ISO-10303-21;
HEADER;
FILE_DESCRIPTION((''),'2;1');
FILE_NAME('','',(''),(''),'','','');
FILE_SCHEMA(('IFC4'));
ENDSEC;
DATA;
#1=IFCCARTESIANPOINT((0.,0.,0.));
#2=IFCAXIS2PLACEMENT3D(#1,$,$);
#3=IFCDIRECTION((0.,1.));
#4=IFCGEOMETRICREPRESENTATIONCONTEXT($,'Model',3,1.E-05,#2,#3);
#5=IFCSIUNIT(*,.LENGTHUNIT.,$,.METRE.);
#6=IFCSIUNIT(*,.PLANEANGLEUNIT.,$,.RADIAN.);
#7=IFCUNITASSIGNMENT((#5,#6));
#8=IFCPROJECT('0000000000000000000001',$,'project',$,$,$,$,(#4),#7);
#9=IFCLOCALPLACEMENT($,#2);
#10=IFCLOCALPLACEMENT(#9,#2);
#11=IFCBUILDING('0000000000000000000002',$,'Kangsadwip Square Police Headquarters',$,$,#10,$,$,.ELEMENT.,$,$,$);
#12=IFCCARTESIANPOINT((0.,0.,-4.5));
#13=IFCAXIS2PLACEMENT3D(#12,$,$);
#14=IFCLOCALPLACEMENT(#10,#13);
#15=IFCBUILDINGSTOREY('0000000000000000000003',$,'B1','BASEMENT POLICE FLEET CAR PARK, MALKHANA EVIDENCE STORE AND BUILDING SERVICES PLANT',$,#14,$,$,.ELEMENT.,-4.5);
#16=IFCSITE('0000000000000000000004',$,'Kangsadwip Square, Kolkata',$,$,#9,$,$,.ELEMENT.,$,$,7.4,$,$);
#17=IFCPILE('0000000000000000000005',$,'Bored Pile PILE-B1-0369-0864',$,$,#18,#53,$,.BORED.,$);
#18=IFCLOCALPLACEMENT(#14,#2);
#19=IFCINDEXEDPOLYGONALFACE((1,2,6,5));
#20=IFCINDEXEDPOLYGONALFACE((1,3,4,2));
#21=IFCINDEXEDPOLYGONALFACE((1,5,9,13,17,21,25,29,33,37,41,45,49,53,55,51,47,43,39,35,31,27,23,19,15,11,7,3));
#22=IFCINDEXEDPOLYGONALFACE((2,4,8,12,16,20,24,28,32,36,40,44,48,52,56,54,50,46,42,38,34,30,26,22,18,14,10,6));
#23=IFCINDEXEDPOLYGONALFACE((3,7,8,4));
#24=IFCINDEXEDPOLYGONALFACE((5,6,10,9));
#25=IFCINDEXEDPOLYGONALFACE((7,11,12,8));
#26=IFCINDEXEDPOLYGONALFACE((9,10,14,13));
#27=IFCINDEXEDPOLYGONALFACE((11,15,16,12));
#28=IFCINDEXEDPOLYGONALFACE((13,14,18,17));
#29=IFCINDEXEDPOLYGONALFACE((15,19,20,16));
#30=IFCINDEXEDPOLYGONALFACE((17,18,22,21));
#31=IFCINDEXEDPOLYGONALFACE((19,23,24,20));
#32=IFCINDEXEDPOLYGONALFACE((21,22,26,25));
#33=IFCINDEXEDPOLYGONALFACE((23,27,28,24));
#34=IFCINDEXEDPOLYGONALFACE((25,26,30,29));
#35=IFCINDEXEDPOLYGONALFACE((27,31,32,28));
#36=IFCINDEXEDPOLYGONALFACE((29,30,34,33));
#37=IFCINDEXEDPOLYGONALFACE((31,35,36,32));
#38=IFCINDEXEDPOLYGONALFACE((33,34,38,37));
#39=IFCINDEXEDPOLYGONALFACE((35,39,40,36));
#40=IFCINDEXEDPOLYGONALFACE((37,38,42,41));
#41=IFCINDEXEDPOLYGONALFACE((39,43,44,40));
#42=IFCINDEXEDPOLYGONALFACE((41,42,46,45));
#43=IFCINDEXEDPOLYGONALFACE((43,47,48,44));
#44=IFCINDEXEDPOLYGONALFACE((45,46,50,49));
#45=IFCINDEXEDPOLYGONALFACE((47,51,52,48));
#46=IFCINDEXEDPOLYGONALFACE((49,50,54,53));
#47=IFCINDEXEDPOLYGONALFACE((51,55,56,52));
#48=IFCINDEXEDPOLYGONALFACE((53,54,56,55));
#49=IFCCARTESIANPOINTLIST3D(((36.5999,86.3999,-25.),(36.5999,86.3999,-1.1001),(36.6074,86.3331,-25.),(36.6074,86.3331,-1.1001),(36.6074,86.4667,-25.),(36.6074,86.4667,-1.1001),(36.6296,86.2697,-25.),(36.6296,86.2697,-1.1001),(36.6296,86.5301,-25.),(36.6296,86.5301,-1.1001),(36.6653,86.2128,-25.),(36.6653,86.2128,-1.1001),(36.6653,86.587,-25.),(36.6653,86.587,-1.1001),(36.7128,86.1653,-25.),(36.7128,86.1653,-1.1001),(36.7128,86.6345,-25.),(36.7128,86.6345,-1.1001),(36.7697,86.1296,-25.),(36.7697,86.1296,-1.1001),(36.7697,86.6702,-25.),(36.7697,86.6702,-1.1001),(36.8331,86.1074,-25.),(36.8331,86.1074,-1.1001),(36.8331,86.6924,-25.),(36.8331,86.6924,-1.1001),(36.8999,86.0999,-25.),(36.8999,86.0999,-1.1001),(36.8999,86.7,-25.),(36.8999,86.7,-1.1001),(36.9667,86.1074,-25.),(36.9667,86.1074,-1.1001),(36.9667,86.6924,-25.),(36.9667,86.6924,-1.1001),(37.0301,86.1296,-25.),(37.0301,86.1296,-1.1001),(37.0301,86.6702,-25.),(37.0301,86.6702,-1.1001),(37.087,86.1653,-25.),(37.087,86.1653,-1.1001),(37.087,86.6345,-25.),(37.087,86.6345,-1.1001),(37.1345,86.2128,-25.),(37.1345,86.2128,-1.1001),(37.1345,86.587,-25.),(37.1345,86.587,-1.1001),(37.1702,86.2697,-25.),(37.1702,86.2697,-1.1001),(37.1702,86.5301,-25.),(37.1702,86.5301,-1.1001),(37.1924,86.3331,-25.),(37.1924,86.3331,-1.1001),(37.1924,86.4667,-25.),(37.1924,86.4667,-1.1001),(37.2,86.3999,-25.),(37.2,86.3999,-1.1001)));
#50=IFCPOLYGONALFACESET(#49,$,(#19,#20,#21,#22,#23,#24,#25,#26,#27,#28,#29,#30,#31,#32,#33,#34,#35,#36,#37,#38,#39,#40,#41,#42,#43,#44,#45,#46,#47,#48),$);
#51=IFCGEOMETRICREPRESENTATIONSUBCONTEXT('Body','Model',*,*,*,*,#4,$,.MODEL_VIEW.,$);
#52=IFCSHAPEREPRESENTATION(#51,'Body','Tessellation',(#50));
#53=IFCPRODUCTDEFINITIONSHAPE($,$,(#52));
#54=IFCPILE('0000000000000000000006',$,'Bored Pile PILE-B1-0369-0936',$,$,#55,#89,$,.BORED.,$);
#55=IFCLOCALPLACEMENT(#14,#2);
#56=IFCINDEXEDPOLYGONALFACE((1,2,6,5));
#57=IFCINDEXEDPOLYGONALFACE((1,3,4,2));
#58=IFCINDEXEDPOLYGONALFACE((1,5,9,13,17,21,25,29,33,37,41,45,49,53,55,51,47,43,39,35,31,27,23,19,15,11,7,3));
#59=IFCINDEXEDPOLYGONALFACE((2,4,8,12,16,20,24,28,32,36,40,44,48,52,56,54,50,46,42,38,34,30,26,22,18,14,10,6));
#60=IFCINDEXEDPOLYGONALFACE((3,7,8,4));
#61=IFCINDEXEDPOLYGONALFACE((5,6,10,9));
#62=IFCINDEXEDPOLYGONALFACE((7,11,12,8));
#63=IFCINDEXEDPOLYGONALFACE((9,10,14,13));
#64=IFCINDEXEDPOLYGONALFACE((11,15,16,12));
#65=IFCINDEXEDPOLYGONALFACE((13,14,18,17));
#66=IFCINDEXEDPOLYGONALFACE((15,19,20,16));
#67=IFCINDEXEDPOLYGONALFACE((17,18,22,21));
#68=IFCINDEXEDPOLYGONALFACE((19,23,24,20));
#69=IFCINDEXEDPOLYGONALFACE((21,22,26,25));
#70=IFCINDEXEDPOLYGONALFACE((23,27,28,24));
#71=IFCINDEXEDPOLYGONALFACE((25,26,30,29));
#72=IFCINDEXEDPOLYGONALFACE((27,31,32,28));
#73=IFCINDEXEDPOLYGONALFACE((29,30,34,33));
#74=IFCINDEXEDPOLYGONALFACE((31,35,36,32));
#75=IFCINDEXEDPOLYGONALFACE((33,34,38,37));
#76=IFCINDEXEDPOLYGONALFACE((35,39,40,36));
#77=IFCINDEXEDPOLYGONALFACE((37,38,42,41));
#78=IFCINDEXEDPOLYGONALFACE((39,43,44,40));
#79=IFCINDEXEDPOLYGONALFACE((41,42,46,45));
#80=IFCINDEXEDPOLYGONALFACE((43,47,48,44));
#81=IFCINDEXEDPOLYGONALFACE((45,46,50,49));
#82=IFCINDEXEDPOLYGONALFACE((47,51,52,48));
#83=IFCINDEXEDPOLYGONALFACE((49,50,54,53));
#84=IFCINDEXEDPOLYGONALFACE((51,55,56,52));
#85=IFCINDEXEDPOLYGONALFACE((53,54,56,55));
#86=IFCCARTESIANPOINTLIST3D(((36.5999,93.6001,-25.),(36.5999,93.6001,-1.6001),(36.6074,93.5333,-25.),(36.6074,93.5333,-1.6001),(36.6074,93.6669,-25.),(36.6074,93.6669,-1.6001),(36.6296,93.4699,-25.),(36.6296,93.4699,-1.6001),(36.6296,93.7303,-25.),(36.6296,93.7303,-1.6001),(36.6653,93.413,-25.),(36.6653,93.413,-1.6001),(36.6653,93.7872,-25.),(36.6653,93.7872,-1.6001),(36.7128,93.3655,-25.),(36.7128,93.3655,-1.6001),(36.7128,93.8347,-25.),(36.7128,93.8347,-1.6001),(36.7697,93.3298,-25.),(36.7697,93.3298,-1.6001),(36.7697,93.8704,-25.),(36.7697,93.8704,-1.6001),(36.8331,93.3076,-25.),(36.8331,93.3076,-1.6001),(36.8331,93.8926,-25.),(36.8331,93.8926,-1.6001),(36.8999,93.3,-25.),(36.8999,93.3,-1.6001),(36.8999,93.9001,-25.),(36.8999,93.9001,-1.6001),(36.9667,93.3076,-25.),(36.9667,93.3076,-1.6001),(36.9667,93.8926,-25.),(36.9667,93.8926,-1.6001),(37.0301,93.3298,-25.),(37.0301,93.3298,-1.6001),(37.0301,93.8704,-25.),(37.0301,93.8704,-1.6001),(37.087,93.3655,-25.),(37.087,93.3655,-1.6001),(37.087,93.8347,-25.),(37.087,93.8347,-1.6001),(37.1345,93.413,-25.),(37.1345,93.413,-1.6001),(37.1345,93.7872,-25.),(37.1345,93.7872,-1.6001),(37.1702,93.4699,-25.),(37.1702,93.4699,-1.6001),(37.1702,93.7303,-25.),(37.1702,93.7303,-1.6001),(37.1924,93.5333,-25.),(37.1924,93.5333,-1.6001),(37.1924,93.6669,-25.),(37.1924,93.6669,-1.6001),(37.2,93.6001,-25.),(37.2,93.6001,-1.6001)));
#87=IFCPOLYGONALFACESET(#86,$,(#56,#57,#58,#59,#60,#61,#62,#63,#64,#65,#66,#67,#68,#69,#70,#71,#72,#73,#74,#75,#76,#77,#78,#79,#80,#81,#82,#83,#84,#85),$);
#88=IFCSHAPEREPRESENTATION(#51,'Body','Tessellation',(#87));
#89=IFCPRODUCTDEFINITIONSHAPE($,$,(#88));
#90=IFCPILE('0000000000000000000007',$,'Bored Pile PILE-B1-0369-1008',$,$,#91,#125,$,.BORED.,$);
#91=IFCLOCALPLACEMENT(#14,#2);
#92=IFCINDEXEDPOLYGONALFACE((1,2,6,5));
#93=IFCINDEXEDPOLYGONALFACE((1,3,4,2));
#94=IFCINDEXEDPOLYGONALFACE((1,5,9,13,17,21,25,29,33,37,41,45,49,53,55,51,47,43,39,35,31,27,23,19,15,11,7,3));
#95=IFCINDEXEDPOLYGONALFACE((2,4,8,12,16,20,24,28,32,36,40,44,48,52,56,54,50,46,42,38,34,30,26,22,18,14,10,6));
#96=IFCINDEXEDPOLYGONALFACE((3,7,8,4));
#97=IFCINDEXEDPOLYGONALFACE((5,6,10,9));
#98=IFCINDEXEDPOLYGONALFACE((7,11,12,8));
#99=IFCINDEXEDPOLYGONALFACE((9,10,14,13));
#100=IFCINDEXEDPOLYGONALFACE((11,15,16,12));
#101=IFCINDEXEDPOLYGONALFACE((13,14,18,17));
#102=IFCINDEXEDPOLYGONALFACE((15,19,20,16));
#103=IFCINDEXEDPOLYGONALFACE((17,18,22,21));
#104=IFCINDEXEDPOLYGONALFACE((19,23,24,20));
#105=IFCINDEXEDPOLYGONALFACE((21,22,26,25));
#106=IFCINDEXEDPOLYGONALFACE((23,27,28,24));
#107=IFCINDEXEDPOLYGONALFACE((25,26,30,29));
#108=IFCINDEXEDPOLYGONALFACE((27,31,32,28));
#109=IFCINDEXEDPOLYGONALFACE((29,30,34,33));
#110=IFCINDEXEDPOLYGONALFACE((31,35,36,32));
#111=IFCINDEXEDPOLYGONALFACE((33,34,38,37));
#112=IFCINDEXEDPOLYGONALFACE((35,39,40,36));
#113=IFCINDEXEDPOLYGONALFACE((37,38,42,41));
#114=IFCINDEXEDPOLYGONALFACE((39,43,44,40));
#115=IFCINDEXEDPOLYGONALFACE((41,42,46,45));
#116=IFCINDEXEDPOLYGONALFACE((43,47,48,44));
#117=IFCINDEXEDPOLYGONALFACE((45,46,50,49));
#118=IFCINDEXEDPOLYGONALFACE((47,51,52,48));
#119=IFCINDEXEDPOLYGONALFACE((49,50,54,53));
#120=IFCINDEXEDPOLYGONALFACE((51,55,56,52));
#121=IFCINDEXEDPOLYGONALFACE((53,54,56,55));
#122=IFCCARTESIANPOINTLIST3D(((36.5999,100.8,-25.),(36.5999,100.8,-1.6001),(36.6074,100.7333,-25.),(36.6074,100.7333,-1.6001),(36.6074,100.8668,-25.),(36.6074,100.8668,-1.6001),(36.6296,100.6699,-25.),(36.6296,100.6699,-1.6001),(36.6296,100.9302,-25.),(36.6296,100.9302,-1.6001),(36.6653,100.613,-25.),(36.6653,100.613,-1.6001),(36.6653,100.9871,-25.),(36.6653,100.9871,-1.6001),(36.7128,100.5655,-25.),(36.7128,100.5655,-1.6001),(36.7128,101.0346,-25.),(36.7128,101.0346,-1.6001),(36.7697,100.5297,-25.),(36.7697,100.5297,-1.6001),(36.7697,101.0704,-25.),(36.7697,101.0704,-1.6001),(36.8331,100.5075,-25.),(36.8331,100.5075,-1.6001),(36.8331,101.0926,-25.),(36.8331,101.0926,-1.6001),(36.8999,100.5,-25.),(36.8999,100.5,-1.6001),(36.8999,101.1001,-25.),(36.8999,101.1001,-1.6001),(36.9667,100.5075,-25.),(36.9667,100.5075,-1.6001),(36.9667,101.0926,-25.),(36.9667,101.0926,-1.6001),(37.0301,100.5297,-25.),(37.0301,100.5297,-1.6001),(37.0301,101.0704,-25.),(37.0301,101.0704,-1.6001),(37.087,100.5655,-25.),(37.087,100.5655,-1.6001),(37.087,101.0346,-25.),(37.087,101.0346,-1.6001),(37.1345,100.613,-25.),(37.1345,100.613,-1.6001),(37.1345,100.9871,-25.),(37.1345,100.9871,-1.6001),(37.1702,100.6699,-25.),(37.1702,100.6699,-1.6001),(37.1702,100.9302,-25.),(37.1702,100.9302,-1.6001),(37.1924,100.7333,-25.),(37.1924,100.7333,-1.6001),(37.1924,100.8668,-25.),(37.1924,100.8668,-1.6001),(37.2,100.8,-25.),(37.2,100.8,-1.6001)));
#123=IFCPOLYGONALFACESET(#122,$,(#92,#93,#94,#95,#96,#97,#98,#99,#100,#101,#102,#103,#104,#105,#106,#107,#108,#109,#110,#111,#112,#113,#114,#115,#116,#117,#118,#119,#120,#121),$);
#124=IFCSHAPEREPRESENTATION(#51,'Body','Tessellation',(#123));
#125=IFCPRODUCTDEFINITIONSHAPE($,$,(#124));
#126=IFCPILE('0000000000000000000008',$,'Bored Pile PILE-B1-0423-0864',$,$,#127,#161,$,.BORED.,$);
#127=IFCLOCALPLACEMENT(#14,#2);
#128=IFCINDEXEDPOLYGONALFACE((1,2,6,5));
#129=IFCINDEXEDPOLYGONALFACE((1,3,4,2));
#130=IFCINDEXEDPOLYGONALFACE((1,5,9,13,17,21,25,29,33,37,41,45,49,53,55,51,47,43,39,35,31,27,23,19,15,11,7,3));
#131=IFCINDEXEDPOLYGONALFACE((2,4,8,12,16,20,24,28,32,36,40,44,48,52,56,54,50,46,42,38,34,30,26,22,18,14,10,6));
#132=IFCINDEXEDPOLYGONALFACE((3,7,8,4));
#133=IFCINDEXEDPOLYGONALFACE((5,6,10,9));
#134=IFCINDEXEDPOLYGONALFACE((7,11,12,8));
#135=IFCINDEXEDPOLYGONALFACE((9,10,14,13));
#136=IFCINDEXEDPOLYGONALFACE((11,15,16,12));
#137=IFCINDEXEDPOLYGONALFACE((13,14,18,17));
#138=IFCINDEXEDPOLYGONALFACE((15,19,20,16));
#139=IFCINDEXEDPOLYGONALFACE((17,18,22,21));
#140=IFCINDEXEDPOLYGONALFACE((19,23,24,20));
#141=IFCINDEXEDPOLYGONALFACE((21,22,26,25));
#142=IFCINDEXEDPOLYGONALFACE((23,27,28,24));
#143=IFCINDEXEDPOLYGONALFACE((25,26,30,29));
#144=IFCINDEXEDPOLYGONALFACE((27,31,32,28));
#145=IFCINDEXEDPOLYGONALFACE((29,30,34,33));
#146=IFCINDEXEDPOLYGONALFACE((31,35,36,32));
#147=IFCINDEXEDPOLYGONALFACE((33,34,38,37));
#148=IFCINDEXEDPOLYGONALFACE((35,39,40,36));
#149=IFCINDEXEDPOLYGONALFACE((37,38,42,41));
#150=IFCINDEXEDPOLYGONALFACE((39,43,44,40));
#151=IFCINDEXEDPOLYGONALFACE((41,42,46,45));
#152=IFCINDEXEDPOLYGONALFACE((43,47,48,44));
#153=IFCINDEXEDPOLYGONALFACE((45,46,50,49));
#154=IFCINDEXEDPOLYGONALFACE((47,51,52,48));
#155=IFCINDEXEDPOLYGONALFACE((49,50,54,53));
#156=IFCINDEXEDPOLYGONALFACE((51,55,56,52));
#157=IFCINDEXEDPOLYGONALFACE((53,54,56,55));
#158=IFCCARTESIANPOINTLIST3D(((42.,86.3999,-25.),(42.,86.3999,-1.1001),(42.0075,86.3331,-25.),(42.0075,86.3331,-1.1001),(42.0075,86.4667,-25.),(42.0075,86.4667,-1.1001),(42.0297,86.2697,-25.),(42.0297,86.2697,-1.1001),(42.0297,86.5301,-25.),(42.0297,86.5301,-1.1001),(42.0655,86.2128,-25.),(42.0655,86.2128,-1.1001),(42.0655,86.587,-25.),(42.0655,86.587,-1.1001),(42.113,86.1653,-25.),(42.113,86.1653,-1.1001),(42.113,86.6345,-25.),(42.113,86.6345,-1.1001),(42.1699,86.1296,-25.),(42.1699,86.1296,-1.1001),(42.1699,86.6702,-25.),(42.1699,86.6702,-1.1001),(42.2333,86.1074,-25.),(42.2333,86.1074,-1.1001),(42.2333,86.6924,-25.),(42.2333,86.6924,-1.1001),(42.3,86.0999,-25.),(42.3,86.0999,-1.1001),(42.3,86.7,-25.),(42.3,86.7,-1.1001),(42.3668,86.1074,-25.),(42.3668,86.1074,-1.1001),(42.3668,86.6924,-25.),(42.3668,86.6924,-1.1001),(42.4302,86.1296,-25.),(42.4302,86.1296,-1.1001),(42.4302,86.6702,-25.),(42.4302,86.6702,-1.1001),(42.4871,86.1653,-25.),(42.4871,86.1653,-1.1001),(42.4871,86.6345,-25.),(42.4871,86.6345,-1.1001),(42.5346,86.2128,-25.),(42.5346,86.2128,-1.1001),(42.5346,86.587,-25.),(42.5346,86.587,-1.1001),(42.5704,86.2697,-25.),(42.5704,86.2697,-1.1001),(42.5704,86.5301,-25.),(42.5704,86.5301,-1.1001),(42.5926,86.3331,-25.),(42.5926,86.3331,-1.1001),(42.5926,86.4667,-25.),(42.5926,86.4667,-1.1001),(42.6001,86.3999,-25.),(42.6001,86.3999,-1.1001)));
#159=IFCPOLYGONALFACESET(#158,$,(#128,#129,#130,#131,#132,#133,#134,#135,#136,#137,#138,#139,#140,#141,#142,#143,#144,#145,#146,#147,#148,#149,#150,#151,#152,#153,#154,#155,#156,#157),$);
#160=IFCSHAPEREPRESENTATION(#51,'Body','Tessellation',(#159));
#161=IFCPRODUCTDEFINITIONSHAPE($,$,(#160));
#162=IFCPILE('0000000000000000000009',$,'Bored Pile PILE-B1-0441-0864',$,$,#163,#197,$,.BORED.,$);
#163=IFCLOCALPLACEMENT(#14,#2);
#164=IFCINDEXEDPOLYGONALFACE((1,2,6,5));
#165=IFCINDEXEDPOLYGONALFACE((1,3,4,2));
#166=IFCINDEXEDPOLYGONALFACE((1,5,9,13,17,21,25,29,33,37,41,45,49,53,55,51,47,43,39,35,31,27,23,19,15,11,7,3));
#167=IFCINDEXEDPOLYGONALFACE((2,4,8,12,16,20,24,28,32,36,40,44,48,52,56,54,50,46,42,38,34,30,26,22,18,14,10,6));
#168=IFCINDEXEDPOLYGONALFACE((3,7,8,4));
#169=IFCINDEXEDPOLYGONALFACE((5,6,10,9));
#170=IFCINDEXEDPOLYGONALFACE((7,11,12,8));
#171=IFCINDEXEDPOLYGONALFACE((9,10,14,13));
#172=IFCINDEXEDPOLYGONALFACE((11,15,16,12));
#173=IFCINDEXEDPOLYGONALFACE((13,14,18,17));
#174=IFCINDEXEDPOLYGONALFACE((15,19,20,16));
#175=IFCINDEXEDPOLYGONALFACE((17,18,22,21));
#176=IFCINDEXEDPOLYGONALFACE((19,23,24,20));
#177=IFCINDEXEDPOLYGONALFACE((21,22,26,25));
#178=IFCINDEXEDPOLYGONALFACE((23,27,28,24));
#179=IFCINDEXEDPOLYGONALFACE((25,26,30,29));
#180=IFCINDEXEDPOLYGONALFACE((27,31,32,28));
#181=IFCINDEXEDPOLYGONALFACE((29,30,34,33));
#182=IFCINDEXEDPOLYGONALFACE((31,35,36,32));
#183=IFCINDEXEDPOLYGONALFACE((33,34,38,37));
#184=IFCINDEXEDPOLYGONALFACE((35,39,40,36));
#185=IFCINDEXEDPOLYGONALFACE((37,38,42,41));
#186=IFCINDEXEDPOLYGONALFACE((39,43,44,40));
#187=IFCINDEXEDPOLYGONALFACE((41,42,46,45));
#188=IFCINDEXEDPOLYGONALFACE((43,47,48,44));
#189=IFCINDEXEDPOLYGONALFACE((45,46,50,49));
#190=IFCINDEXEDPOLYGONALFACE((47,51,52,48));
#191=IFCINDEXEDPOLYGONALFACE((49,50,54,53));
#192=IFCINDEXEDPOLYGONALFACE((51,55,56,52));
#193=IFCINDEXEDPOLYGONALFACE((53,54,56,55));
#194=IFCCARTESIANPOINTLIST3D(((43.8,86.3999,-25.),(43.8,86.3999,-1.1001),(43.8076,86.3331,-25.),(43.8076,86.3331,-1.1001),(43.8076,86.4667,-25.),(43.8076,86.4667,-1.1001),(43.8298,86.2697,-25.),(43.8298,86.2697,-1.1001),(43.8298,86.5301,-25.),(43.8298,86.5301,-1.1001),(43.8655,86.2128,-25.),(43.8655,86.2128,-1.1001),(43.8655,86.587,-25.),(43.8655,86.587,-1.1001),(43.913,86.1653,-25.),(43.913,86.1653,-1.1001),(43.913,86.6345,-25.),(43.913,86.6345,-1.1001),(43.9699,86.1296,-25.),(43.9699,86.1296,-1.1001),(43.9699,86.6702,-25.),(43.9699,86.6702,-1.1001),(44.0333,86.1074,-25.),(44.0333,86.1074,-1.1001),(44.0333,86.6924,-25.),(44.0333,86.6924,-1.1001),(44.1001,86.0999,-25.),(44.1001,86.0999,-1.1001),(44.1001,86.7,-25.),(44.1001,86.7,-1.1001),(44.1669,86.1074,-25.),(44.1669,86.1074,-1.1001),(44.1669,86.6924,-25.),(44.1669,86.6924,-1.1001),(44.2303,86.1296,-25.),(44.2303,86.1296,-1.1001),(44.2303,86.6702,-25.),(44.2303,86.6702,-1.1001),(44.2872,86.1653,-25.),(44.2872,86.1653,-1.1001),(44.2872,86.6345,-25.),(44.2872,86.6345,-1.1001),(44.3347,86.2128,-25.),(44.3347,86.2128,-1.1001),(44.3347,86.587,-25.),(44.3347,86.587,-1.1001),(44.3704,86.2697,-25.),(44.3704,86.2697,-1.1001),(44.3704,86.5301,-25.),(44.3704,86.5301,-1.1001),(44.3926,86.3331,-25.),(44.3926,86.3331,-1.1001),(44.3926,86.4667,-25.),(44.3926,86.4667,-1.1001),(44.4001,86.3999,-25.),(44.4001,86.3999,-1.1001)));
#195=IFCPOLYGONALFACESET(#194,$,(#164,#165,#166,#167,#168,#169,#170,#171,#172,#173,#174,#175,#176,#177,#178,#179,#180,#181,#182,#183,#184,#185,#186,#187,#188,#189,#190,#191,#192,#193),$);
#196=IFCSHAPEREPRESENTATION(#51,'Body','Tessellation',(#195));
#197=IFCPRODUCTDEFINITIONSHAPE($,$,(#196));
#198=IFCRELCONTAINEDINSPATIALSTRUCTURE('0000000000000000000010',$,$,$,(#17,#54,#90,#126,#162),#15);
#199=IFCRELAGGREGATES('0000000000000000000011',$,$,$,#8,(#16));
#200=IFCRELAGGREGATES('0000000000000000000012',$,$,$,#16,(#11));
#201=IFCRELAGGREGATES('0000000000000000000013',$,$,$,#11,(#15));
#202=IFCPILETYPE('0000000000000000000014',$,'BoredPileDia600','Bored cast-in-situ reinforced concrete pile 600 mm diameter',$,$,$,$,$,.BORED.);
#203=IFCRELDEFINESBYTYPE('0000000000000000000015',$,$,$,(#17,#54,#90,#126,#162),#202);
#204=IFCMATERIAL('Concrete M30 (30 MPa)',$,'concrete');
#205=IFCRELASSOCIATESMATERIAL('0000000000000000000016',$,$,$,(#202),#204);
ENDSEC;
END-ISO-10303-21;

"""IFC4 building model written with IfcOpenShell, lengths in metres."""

from ifc_helpers import new_model, si_unit, direction, frame, origin, origin_2d, place, context, subcontext, project, spatial, circle, extrude, material, material_profile, profile_set, type_object, element, save


model = new_model("IFC4")

# Units and contexts
model_context = context("Model", 3, precision=1e-05, world=origin(), true_north=direction((0.0, 1.0)))
body_context = subcontext(model_context, "Body", "Model", "MODEL_VIEW")
ifc_project = project(units=[si_unit("LENGTHUNIT", "METRE"), si_unit("PLANEANGLEUNIT", "RADIAN")], contexts=[model_context])

# Site, building, storey
site_placement = place(None, origin())
site = spatial("IfcSite", under=ifc_project, at=site_placement, Name="Kangsadwip Square, Kolkata", CompositionType="ELEMENT", RefElevation=7.4)
building_placement = place(site_placement, origin())
building = spatial("IfcBuilding", under=site, at=building_placement, Name="Kangsadwip Square Police Headquarters", CompositionType="ELEMENT")
storey_placement = place(building_placement, frame((0.0, 0.0, -4.5)))
storey = spatial("IfcBuildingStorey", under=building, at=storey_placement, Name="B1", Description="BASEMENT POLICE FLEET CAR PARK, MALKHANA EVIDENCE STORE AND BUILDING SERVICES PLANT", CompositionType="ELEMENT", Elevation=-4.5)

# Piles
ifc_material_1 = material(Name="Concrete M30 (30 MPa)", Category="concrete")
ifc_material_profile_1 = material_profile(ifc_material_1, circle(Radius=0.3, at=origin_2d()), Name="PILE DIA 600")
ifc_profile_set_1 = profile_set([ifc_material_profile_1], Name="Concrete M30 (30 MPa)")
pile_type = type_object("IfcPileType", Name="BoredPileDia600", Description="Bored cast-in-situ reinforced concrete pile 600 mm diameter", PredefinedType="BORED", material=ifc_profile_set_1)
pile_1_placement = place(storey_placement, frame((36.8999, 86.3999, -1.1001), z_axis=(0.0, 0.0, -1.0), x_axis=(1.0, 0.0, 0.0)))
element("IfcPile", 1, at=pile_1_placement, inside=storey, type_object=pile_type, Name="Bored Pile PILE-B1-0369-0864", PredefinedType="BORED", context=body_context, shape_type="SweptSolid", body=[
    extrude(circle(Radius=0.3, at=origin_2d()), origin(), (0.0, 0.0, 1.0), 23.8999),
])
for number, where, z_axis, x_axis, name in (
    (2, (36.8999, 93.6001, -1.6001), (0.0, 0.0, -1.0), (1.0, 0.0, 0.0), "Bored Pile PILE-B1-0369-0936"),
    (3, (36.8999, 100.8, -1.6001), (0.0, 0.0, -1.0), (1.0, 0.0, 0.0), "Bored Pile PILE-B1-0369-1008"),
):
    element("IfcPile", number, at=place(storey_placement, frame(where, z_axis=z_axis, x_axis=x_axis)), inside=storey, type_object=pile_type, Name=name, PredefinedType="BORED", context=body_context, shape_type="SweptSolid", body=[
        extrude(circle(Radius=0.3, at=origin_2d()), origin(), (0.0, 0.0, 1.0), 23.3999),
    ])
for number, where, z_axis, x_axis, name in (
    (4, (42.3, 86.3999, -1.1001), (0.0, 0.0, -1.0), (1.0, 0.0, 0.0), "Bored Pile PILE-B1-0423-0864"),
    (5, (44.1001, 86.3999, -1.1001), (0.0, 0.0, -1.0), (1.0, 0.0, 0.0), "Bored Pile PILE-B1-0441-0864"),
):
    element("IfcPile", number, at=place(storey_placement, frame(where, z_axis=z_axis, x_axis=x_axis)), inside=storey, type_object=pile_type, Name=name, PredefinedType="BORED", context=body_context, shape_type="SweptSolid", body=[
        extrude(circle(Radius=0.3, at=origin_2d()), origin(), (0.0, 0.0, 1.0), 23.8999),
    ])

save(model, "model.ifc")
